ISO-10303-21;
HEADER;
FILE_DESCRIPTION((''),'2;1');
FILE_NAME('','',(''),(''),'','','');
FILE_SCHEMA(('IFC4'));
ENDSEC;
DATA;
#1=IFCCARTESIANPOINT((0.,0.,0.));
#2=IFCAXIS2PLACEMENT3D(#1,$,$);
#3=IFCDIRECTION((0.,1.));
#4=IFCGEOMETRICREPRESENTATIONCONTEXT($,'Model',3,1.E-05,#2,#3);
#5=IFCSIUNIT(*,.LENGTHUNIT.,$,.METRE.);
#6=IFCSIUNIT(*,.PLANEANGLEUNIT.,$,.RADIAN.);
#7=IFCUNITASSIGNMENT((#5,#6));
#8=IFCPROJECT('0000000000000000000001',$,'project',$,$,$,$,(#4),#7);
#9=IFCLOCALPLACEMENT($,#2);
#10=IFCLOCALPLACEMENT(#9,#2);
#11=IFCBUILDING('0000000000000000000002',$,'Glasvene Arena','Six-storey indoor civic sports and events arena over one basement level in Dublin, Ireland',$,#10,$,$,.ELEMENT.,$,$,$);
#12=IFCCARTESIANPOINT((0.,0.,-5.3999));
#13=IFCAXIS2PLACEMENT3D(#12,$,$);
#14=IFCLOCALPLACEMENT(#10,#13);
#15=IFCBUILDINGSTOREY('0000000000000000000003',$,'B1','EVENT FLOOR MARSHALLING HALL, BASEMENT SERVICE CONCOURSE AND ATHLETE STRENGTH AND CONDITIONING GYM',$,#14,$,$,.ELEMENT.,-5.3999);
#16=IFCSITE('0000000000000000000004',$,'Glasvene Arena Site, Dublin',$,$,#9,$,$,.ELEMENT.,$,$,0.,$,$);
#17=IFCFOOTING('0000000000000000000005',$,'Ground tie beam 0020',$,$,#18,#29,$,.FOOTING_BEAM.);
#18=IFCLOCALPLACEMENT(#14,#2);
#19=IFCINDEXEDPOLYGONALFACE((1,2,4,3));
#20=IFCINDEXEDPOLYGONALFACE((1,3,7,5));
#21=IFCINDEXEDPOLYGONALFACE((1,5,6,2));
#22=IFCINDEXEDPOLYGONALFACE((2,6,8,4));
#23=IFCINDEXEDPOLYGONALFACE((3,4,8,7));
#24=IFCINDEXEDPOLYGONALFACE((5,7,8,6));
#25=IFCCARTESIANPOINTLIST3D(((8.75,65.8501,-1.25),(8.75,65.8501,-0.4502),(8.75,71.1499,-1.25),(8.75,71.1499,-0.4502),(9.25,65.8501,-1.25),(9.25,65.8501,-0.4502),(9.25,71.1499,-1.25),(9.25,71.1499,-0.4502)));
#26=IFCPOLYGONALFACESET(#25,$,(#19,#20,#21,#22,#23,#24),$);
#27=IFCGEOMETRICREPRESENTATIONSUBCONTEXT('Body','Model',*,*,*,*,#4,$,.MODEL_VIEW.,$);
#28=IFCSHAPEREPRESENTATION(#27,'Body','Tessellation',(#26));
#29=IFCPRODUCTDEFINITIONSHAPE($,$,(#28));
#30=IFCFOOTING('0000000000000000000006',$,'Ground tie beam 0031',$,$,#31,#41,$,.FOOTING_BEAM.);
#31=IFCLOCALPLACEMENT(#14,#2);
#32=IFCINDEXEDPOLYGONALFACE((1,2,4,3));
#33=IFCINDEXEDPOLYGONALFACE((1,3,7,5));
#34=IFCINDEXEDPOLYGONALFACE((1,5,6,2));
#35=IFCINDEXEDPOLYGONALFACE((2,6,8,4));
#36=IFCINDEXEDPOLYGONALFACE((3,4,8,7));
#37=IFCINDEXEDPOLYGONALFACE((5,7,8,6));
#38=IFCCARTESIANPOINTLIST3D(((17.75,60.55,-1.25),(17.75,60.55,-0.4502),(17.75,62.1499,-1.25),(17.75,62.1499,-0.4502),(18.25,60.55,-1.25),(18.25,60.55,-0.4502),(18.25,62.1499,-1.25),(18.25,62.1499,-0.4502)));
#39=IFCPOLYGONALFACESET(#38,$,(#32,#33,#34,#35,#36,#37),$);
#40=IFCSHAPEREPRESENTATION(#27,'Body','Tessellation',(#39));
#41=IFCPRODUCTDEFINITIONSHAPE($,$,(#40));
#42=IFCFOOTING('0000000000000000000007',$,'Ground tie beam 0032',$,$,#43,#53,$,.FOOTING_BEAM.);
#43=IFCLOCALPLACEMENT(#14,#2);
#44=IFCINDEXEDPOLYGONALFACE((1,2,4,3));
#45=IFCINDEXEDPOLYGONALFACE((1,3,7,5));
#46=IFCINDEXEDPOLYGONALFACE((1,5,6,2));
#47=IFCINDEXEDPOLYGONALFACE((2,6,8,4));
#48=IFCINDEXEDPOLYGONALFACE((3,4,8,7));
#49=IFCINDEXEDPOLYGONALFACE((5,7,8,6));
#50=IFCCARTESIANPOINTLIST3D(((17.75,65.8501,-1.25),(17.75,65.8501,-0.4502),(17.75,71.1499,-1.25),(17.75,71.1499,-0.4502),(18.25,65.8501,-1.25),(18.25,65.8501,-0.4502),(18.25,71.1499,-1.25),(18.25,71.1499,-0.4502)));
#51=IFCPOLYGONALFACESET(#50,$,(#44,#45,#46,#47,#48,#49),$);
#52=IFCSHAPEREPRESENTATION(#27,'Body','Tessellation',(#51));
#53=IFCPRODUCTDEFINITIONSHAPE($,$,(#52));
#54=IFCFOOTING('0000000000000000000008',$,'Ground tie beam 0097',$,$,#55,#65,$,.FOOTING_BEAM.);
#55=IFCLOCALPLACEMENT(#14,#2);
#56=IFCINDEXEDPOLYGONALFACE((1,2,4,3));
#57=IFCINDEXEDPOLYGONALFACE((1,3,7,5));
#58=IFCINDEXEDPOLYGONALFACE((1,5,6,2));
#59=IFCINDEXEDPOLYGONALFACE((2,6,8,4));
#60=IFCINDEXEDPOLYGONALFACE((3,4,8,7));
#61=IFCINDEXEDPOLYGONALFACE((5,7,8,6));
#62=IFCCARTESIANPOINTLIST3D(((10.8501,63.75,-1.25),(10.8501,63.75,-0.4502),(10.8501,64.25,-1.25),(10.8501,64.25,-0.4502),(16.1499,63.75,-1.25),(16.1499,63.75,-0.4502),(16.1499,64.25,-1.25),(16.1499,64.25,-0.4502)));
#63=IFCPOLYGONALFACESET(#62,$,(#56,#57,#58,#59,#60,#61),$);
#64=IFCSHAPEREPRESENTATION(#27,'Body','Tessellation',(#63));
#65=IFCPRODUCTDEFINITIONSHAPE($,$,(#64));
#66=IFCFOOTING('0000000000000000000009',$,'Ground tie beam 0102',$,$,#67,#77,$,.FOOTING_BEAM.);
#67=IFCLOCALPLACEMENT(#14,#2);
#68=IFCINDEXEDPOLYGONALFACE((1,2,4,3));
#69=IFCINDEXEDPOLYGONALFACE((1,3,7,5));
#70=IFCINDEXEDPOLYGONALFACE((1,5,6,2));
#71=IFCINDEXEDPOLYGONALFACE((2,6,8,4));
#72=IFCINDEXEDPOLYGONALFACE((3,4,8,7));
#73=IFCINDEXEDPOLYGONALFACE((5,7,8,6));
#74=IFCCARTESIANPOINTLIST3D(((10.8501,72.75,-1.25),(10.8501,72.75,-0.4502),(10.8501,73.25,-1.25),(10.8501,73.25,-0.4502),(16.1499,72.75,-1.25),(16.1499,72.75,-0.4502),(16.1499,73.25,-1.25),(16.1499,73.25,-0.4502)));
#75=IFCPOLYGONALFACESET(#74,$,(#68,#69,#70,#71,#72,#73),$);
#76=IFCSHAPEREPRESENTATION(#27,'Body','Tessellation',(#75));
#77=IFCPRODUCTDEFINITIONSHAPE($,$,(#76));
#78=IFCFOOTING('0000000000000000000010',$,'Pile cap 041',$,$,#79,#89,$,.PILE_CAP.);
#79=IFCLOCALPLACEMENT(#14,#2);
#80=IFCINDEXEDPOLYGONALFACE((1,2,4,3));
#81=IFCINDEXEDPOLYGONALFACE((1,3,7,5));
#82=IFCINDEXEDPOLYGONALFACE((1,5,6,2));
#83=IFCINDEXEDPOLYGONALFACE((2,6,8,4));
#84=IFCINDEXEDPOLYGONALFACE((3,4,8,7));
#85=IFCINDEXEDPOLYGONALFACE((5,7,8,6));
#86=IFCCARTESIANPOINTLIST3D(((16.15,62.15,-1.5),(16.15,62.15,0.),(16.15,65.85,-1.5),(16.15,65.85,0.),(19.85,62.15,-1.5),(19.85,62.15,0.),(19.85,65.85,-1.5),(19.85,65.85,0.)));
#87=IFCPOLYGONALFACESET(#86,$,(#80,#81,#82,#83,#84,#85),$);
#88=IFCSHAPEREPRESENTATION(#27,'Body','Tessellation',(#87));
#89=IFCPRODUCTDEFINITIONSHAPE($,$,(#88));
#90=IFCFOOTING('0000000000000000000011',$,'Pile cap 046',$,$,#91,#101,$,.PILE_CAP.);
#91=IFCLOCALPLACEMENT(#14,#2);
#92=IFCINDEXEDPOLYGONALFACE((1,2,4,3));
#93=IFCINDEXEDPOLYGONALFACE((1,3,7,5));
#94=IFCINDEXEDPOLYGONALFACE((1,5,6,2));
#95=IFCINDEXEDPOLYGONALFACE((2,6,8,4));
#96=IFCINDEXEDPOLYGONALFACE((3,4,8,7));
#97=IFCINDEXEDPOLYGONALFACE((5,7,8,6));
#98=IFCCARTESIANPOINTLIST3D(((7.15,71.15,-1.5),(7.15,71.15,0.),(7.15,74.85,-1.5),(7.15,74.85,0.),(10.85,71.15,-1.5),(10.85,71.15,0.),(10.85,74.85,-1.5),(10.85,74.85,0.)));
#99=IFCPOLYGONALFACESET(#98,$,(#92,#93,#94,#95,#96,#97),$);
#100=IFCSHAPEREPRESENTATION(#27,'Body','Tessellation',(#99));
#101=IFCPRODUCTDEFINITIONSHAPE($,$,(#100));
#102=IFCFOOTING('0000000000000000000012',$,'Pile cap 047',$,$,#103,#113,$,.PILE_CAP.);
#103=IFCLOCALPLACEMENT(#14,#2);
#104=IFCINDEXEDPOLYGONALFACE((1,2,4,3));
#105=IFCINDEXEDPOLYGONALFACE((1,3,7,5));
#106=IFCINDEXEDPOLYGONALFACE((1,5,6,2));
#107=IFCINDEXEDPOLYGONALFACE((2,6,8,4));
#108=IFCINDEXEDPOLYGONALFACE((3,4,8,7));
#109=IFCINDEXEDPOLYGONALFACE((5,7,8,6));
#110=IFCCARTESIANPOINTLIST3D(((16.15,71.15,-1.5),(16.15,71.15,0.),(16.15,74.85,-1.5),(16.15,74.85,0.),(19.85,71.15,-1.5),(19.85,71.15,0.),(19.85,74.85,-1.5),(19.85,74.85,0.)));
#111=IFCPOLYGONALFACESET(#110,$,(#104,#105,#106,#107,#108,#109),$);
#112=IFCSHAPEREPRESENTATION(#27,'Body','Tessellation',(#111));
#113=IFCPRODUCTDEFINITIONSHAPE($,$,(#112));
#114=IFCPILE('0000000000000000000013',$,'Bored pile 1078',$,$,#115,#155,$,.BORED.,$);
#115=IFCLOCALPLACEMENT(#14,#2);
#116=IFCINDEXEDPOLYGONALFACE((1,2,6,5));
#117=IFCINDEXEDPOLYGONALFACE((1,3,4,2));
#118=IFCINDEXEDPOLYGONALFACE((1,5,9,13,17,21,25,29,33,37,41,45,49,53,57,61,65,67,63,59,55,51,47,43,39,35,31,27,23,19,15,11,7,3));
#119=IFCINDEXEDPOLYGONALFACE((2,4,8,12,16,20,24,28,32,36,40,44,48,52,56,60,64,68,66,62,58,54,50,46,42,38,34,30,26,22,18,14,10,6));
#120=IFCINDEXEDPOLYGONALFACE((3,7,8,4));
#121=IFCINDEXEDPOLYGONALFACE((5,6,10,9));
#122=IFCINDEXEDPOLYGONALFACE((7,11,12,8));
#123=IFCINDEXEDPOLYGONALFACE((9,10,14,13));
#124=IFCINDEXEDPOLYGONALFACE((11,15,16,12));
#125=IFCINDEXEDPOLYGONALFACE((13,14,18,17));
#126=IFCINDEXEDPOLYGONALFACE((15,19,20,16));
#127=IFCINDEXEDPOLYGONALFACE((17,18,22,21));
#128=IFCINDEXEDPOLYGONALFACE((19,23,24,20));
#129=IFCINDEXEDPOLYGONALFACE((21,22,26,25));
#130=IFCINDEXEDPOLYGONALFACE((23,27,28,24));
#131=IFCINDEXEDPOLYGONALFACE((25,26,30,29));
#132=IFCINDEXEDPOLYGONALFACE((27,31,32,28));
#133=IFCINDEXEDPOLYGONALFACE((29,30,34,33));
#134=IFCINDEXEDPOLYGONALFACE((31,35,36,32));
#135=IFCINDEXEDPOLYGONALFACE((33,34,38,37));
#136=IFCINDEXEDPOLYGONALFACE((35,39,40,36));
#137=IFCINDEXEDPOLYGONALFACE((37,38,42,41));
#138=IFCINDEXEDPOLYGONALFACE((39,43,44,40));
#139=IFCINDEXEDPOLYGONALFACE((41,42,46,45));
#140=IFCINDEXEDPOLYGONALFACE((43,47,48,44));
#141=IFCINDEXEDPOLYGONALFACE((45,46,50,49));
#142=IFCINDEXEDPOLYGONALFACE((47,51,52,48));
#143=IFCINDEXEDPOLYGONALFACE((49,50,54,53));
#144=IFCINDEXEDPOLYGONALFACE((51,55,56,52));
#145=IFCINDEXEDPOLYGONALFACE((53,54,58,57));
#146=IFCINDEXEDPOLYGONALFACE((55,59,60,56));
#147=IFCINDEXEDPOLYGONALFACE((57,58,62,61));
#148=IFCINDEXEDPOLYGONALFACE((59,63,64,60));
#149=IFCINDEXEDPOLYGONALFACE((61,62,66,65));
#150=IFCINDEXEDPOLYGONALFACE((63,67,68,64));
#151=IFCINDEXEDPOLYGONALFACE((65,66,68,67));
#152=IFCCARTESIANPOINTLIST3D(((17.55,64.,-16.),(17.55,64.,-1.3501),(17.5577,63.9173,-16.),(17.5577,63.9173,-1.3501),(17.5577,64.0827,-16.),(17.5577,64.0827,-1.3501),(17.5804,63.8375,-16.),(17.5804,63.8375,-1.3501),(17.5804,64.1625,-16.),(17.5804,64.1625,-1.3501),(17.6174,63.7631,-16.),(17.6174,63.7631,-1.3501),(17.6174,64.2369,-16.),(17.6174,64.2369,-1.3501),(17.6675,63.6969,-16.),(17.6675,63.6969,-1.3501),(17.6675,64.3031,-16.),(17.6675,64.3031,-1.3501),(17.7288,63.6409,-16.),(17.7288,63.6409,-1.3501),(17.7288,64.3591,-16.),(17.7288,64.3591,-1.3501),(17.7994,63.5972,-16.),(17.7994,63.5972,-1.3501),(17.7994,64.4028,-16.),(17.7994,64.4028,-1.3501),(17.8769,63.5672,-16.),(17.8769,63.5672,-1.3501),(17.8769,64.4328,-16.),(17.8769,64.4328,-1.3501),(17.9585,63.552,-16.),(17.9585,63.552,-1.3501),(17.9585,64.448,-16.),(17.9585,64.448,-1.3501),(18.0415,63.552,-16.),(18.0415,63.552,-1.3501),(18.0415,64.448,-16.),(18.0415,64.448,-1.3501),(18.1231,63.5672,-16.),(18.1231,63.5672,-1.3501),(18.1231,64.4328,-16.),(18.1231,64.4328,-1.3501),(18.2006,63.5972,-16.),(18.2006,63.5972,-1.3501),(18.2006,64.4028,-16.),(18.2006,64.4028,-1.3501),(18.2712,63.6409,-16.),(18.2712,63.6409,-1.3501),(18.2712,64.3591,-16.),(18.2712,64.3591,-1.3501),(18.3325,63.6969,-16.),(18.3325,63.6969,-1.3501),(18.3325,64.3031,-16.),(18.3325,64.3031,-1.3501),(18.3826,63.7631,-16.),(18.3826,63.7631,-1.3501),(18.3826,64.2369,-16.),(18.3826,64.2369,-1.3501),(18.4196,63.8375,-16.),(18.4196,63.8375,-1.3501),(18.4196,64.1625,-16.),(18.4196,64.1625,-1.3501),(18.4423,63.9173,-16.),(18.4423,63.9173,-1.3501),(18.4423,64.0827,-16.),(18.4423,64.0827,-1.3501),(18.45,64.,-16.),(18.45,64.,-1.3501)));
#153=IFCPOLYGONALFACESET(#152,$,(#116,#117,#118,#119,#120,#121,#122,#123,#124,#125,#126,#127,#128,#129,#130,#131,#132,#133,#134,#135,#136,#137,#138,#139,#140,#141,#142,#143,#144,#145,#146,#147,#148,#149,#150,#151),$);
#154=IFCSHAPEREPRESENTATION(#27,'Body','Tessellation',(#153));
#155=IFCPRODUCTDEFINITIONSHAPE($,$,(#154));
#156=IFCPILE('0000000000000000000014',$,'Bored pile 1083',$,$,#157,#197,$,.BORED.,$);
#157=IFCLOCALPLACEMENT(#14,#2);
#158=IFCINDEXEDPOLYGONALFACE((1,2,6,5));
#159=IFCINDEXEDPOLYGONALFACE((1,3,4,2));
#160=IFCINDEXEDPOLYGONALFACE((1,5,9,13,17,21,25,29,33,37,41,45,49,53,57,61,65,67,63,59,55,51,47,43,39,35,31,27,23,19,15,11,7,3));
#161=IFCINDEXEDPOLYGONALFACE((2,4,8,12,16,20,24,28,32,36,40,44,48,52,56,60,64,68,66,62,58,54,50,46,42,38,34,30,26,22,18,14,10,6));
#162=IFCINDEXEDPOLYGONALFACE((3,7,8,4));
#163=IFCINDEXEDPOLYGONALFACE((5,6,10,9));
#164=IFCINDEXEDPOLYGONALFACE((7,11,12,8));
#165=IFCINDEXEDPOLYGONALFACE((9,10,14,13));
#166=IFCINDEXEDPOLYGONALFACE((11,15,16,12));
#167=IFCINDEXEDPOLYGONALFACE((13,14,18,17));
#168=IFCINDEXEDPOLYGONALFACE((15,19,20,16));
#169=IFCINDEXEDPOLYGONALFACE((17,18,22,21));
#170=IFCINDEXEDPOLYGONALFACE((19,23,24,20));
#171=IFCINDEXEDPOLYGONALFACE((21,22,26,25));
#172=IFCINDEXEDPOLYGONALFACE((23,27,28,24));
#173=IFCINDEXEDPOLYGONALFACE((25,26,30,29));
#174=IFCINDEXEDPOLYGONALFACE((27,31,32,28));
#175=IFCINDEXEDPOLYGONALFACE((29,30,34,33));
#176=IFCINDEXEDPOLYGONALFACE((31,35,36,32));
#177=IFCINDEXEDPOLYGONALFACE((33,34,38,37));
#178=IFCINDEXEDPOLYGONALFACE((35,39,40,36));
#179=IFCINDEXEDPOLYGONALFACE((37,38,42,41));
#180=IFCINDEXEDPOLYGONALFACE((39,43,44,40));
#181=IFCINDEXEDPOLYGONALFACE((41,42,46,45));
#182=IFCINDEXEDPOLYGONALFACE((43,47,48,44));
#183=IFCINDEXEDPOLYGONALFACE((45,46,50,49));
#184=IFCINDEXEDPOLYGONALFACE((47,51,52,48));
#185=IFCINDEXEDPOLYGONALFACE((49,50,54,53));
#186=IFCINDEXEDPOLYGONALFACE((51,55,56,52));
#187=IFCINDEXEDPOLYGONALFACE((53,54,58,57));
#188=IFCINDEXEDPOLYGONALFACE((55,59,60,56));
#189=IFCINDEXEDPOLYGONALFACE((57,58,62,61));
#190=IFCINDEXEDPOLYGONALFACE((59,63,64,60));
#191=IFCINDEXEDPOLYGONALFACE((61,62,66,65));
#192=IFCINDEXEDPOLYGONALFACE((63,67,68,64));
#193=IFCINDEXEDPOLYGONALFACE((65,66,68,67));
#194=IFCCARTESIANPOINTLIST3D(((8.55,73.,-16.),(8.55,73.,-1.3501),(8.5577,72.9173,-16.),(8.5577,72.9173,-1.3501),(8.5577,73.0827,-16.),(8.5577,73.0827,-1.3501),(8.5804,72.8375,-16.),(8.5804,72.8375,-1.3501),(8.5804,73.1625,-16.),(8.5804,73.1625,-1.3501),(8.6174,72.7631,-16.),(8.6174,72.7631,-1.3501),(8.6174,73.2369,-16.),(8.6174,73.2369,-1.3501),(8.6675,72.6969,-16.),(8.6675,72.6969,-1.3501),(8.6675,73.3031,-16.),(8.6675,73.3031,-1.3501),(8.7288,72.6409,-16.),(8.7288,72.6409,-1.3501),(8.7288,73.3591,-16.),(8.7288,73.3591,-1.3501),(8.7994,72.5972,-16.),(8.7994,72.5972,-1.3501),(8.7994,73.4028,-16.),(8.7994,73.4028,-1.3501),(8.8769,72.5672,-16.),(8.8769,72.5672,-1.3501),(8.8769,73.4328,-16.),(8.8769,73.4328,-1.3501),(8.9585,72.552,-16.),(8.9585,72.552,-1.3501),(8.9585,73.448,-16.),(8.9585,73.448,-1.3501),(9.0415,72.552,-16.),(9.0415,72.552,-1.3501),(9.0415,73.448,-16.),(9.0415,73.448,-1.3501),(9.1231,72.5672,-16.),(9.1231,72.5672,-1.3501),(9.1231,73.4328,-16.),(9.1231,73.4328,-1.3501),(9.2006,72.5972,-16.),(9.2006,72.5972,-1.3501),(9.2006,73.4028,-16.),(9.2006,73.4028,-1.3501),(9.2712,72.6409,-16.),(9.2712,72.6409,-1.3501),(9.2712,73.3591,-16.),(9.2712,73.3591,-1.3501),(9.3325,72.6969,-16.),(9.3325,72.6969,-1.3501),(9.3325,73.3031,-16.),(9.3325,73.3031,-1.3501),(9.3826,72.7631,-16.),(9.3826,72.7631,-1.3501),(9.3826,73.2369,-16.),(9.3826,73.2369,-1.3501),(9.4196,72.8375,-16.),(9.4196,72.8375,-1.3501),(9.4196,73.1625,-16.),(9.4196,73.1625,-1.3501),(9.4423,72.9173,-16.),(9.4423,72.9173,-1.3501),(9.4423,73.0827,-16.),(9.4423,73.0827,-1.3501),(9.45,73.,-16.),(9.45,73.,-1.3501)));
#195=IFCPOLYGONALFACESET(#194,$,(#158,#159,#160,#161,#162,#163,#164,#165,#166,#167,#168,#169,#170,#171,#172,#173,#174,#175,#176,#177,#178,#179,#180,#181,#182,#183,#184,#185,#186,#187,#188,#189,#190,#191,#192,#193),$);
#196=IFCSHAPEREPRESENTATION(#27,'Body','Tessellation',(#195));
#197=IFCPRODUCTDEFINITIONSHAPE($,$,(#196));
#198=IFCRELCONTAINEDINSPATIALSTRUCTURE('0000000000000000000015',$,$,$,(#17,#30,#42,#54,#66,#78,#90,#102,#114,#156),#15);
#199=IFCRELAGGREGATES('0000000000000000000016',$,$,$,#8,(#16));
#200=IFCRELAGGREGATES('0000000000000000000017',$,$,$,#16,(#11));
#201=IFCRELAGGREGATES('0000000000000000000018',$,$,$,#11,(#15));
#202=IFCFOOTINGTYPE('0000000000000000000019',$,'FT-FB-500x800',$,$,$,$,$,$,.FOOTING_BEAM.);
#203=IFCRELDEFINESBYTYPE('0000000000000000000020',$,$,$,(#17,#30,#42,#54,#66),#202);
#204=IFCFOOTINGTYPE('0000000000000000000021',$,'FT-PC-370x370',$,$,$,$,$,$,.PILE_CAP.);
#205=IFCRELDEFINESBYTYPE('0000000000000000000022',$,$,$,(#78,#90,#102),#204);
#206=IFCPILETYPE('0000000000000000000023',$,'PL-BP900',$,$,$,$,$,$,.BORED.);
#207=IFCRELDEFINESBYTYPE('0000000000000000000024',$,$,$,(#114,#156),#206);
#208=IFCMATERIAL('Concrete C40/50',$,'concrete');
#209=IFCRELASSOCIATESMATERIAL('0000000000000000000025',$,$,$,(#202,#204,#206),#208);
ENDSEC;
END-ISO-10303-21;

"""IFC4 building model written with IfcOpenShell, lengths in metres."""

from ifc_helpers import new_model, si_unit, direction, frame, origin, origin_2d, place, context, subcontext, project, spatial, polyline, rectangle, circle, outline, extrude, material, material_profile, profile_set, type_object, element, save


model = new_model("IFC4")

# Units and contexts
model_context = context("Model", 3, precision=1e-05, world=origin(), true_north=direction((0.0, 1.0)))
body_context = subcontext(model_context, "Body", "Model", "MODEL_VIEW")
ifc_project = project(units=[si_unit("LENGTHUNIT", "METRE"), si_unit("PLANEANGLEUNIT", "RADIAN")], contexts=[model_context])

# Site, building, storey
site_placement = place(None, origin())
site = spatial("IfcSite", under=ifc_project, at=site_placement, Name="Glasvene Arena Site, Dublin", CompositionType="ELEMENT", RefElevation=0.0)
building_placement = place(site_placement, origin())
building = spatial("IfcBuilding", under=site, at=building_placement, Name="Glasvene Arena", Description="Six-storey indoor civic sports and events arena over one basement level in Dublin, Ireland", CompositionType="ELEMENT")
storey_placement = place(building_placement, frame((0.0, 0.0, -5.3999)))
storey = spatial("IfcBuildingStorey", under=building, at=storey_placement, Name="B1", Description="EVENT FLOOR MARSHALLING HALL, BASEMENT SERVICE CONCOURSE AND ATHLETE STRENGTH AND CONDITIONING GYM", CompositionType="ELEMENT", Elevation=-5.3999)

# Footings
ifc_material_1 = material(Name="Concrete C40/50", Category="concrete")
footing_type_1 = type_object("IfcFootingType", Name="FT-FB-500x800", PredefinedType="FOOTING_BEAM", material=ifc_material_1)
footing_1_placement = place(storey_placement, frame((9.0, 68.5, -1.25)))
element("IfcFooting", 1, at=footing_1_placement, inside=storey, type_object=footing_type_1, Name="Ground tie beam 0020", PredefinedType="FOOTING_BEAM", context=body_context, shape_type="SweptSolid", body=[
    extrude(outline(polyline([(-0.25, -2.6499), (0.25, -2.6499), (0.25, 2.6499), (-0.25, 2.6499), (-0.25, -2.6499)])), origin(), (0.0, 0.0, 1.0), 0.7998),
])
footing_2_placement = place(storey_placement, frame((18.0, 61.3501, -1.25)))
element("IfcFooting", 2, at=footing_2_placement, inside=storey, type_object=footing_type_1, Name="Ground tie beam 0031", PredefinedType="FOOTING_BEAM", context=body_context, shape_type="SweptSolid", body=[
    extrude(outline(polyline([(-0.25, -0.8), (0.25, -0.8), (0.25, 0.7998), (-0.25, 0.7998), (-0.25, -0.8)])), origin(), (0.0, 0.0, 1.0), 0.7998),
])
footing_3_placement = place(storey_placement, frame((18.0, 68.5, -1.25)))
element("IfcFooting", 3, at=footing_3_placement, inside=storey, type_object=footing_type_1, Name="Ground tie beam 0032", PredefinedType="FOOTING_BEAM", context=body_context, shape_type="SweptSolid", body=[
    extrude(outline(polyline([(-0.25, -2.6499), (0.25, -2.6499), (0.25, 2.6499), (-0.25, 2.6499), (-0.25, -2.6499)])), origin(), (0.0, 0.0, 1.0), 0.7998),
])
for number, where, name in (
    (4, (13.5, 64.0, -1.25), "Ground tie beam 0097"),
    (5, (13.5, 73.0, -1.25), "Ground tie beam 0102"),
):
    element("IfcFooting", number, at=place(storey_placement, frame(where)), inside=storey, type_object=footing_type_1, Name=name, PredefinedType="FOOTING_BEAM", context=body_context, shape_type="SweptSolid", body=[
        extrude(outline(polyline([(-2.6499, -0.25), (2.6499, -0.25), (2.6499, 0.25), (-2.6499, 0.25), (-2.6499, -0.25)])), origin(), (0.0, 0.0, 1.0), 0.7998),
    ])
footing_type_2 = type_object("IfcFootingType", Name="FT-PC-370x370", PredefinedType="PILE_CAP", material=ifc_material_1)
for number, where, z_axis, x_axis, name in (
    (6, (18.0, 64.0, -1.5), (0.0, 0.0, 1.0), (1.0, 0.0, 0.0), "Pile cap 041"),
    (7, (9.0, 73.0, -1.5), (0.0, 0.0, 1.0), (1.0, 0.0, 0.0), "Pile cap 046"),
    (8, (18.0, 73.0, -1.5), (0.0, 0.0, 1.0), (1.0, 0.0, 0.0), "Pile cap 047"),
):
    element("IfcFooting", number, at=place(storey_placement, frame(where, z_axis=z_axis, x_axis=x_axis)), inside=storey, type_object=footing_type_2, Name=name, PredefinedType="PILE_CAP", context=body_context, shape_type="SweptSolid", body=[
        extrude(rectangle(XDim=3.7, YDim=3.7, at=origin_2d()), origin(), (0.0, 0.0, 1.0), 1.5),
    ])

# Piles
ifc_material_profile_1 = material_profile(ifc_material_1, circle(Radius=0.45, at=origin_2d()), Name="BORED PILE 900")
ifc_profile_set_1 = profile_set([ifc_material_profile_1], Name="Concrete C40/50")
pile_type = type_object("IfcPileType", Name="PL-BP900", PredefinedType="BORED", material=ifc_profile_set_1)
for number, where, z_axis, x_axis, name in (
    (9, (18.0, 64.0, -1.3501), (0.0, 0.0, -1.0), (1.0, 0.0, 0.0), "Bored pile 1078"),
    (10, (9.0, 73.0, -1.3501), (0.0, 0.0, -1.0), (1.0, 0.0, 0.0), "Bored pile 1083"),
):
    element("IfcPile", number, at=place(storey_placement, frame(where, z_axis=z_axis, x_axis=x_axis)), inside=storey, type_object=pile_type, Name=name, PredefinedType="BORED", context=body_context, shape_type="SweptSolid", body=[
        extrude(circle(Radius=0.45, at=origin_2d()), origin(), (0.0, 0.0, 1.0), 14.6499),
    ])

save(model, "model.ifc")
